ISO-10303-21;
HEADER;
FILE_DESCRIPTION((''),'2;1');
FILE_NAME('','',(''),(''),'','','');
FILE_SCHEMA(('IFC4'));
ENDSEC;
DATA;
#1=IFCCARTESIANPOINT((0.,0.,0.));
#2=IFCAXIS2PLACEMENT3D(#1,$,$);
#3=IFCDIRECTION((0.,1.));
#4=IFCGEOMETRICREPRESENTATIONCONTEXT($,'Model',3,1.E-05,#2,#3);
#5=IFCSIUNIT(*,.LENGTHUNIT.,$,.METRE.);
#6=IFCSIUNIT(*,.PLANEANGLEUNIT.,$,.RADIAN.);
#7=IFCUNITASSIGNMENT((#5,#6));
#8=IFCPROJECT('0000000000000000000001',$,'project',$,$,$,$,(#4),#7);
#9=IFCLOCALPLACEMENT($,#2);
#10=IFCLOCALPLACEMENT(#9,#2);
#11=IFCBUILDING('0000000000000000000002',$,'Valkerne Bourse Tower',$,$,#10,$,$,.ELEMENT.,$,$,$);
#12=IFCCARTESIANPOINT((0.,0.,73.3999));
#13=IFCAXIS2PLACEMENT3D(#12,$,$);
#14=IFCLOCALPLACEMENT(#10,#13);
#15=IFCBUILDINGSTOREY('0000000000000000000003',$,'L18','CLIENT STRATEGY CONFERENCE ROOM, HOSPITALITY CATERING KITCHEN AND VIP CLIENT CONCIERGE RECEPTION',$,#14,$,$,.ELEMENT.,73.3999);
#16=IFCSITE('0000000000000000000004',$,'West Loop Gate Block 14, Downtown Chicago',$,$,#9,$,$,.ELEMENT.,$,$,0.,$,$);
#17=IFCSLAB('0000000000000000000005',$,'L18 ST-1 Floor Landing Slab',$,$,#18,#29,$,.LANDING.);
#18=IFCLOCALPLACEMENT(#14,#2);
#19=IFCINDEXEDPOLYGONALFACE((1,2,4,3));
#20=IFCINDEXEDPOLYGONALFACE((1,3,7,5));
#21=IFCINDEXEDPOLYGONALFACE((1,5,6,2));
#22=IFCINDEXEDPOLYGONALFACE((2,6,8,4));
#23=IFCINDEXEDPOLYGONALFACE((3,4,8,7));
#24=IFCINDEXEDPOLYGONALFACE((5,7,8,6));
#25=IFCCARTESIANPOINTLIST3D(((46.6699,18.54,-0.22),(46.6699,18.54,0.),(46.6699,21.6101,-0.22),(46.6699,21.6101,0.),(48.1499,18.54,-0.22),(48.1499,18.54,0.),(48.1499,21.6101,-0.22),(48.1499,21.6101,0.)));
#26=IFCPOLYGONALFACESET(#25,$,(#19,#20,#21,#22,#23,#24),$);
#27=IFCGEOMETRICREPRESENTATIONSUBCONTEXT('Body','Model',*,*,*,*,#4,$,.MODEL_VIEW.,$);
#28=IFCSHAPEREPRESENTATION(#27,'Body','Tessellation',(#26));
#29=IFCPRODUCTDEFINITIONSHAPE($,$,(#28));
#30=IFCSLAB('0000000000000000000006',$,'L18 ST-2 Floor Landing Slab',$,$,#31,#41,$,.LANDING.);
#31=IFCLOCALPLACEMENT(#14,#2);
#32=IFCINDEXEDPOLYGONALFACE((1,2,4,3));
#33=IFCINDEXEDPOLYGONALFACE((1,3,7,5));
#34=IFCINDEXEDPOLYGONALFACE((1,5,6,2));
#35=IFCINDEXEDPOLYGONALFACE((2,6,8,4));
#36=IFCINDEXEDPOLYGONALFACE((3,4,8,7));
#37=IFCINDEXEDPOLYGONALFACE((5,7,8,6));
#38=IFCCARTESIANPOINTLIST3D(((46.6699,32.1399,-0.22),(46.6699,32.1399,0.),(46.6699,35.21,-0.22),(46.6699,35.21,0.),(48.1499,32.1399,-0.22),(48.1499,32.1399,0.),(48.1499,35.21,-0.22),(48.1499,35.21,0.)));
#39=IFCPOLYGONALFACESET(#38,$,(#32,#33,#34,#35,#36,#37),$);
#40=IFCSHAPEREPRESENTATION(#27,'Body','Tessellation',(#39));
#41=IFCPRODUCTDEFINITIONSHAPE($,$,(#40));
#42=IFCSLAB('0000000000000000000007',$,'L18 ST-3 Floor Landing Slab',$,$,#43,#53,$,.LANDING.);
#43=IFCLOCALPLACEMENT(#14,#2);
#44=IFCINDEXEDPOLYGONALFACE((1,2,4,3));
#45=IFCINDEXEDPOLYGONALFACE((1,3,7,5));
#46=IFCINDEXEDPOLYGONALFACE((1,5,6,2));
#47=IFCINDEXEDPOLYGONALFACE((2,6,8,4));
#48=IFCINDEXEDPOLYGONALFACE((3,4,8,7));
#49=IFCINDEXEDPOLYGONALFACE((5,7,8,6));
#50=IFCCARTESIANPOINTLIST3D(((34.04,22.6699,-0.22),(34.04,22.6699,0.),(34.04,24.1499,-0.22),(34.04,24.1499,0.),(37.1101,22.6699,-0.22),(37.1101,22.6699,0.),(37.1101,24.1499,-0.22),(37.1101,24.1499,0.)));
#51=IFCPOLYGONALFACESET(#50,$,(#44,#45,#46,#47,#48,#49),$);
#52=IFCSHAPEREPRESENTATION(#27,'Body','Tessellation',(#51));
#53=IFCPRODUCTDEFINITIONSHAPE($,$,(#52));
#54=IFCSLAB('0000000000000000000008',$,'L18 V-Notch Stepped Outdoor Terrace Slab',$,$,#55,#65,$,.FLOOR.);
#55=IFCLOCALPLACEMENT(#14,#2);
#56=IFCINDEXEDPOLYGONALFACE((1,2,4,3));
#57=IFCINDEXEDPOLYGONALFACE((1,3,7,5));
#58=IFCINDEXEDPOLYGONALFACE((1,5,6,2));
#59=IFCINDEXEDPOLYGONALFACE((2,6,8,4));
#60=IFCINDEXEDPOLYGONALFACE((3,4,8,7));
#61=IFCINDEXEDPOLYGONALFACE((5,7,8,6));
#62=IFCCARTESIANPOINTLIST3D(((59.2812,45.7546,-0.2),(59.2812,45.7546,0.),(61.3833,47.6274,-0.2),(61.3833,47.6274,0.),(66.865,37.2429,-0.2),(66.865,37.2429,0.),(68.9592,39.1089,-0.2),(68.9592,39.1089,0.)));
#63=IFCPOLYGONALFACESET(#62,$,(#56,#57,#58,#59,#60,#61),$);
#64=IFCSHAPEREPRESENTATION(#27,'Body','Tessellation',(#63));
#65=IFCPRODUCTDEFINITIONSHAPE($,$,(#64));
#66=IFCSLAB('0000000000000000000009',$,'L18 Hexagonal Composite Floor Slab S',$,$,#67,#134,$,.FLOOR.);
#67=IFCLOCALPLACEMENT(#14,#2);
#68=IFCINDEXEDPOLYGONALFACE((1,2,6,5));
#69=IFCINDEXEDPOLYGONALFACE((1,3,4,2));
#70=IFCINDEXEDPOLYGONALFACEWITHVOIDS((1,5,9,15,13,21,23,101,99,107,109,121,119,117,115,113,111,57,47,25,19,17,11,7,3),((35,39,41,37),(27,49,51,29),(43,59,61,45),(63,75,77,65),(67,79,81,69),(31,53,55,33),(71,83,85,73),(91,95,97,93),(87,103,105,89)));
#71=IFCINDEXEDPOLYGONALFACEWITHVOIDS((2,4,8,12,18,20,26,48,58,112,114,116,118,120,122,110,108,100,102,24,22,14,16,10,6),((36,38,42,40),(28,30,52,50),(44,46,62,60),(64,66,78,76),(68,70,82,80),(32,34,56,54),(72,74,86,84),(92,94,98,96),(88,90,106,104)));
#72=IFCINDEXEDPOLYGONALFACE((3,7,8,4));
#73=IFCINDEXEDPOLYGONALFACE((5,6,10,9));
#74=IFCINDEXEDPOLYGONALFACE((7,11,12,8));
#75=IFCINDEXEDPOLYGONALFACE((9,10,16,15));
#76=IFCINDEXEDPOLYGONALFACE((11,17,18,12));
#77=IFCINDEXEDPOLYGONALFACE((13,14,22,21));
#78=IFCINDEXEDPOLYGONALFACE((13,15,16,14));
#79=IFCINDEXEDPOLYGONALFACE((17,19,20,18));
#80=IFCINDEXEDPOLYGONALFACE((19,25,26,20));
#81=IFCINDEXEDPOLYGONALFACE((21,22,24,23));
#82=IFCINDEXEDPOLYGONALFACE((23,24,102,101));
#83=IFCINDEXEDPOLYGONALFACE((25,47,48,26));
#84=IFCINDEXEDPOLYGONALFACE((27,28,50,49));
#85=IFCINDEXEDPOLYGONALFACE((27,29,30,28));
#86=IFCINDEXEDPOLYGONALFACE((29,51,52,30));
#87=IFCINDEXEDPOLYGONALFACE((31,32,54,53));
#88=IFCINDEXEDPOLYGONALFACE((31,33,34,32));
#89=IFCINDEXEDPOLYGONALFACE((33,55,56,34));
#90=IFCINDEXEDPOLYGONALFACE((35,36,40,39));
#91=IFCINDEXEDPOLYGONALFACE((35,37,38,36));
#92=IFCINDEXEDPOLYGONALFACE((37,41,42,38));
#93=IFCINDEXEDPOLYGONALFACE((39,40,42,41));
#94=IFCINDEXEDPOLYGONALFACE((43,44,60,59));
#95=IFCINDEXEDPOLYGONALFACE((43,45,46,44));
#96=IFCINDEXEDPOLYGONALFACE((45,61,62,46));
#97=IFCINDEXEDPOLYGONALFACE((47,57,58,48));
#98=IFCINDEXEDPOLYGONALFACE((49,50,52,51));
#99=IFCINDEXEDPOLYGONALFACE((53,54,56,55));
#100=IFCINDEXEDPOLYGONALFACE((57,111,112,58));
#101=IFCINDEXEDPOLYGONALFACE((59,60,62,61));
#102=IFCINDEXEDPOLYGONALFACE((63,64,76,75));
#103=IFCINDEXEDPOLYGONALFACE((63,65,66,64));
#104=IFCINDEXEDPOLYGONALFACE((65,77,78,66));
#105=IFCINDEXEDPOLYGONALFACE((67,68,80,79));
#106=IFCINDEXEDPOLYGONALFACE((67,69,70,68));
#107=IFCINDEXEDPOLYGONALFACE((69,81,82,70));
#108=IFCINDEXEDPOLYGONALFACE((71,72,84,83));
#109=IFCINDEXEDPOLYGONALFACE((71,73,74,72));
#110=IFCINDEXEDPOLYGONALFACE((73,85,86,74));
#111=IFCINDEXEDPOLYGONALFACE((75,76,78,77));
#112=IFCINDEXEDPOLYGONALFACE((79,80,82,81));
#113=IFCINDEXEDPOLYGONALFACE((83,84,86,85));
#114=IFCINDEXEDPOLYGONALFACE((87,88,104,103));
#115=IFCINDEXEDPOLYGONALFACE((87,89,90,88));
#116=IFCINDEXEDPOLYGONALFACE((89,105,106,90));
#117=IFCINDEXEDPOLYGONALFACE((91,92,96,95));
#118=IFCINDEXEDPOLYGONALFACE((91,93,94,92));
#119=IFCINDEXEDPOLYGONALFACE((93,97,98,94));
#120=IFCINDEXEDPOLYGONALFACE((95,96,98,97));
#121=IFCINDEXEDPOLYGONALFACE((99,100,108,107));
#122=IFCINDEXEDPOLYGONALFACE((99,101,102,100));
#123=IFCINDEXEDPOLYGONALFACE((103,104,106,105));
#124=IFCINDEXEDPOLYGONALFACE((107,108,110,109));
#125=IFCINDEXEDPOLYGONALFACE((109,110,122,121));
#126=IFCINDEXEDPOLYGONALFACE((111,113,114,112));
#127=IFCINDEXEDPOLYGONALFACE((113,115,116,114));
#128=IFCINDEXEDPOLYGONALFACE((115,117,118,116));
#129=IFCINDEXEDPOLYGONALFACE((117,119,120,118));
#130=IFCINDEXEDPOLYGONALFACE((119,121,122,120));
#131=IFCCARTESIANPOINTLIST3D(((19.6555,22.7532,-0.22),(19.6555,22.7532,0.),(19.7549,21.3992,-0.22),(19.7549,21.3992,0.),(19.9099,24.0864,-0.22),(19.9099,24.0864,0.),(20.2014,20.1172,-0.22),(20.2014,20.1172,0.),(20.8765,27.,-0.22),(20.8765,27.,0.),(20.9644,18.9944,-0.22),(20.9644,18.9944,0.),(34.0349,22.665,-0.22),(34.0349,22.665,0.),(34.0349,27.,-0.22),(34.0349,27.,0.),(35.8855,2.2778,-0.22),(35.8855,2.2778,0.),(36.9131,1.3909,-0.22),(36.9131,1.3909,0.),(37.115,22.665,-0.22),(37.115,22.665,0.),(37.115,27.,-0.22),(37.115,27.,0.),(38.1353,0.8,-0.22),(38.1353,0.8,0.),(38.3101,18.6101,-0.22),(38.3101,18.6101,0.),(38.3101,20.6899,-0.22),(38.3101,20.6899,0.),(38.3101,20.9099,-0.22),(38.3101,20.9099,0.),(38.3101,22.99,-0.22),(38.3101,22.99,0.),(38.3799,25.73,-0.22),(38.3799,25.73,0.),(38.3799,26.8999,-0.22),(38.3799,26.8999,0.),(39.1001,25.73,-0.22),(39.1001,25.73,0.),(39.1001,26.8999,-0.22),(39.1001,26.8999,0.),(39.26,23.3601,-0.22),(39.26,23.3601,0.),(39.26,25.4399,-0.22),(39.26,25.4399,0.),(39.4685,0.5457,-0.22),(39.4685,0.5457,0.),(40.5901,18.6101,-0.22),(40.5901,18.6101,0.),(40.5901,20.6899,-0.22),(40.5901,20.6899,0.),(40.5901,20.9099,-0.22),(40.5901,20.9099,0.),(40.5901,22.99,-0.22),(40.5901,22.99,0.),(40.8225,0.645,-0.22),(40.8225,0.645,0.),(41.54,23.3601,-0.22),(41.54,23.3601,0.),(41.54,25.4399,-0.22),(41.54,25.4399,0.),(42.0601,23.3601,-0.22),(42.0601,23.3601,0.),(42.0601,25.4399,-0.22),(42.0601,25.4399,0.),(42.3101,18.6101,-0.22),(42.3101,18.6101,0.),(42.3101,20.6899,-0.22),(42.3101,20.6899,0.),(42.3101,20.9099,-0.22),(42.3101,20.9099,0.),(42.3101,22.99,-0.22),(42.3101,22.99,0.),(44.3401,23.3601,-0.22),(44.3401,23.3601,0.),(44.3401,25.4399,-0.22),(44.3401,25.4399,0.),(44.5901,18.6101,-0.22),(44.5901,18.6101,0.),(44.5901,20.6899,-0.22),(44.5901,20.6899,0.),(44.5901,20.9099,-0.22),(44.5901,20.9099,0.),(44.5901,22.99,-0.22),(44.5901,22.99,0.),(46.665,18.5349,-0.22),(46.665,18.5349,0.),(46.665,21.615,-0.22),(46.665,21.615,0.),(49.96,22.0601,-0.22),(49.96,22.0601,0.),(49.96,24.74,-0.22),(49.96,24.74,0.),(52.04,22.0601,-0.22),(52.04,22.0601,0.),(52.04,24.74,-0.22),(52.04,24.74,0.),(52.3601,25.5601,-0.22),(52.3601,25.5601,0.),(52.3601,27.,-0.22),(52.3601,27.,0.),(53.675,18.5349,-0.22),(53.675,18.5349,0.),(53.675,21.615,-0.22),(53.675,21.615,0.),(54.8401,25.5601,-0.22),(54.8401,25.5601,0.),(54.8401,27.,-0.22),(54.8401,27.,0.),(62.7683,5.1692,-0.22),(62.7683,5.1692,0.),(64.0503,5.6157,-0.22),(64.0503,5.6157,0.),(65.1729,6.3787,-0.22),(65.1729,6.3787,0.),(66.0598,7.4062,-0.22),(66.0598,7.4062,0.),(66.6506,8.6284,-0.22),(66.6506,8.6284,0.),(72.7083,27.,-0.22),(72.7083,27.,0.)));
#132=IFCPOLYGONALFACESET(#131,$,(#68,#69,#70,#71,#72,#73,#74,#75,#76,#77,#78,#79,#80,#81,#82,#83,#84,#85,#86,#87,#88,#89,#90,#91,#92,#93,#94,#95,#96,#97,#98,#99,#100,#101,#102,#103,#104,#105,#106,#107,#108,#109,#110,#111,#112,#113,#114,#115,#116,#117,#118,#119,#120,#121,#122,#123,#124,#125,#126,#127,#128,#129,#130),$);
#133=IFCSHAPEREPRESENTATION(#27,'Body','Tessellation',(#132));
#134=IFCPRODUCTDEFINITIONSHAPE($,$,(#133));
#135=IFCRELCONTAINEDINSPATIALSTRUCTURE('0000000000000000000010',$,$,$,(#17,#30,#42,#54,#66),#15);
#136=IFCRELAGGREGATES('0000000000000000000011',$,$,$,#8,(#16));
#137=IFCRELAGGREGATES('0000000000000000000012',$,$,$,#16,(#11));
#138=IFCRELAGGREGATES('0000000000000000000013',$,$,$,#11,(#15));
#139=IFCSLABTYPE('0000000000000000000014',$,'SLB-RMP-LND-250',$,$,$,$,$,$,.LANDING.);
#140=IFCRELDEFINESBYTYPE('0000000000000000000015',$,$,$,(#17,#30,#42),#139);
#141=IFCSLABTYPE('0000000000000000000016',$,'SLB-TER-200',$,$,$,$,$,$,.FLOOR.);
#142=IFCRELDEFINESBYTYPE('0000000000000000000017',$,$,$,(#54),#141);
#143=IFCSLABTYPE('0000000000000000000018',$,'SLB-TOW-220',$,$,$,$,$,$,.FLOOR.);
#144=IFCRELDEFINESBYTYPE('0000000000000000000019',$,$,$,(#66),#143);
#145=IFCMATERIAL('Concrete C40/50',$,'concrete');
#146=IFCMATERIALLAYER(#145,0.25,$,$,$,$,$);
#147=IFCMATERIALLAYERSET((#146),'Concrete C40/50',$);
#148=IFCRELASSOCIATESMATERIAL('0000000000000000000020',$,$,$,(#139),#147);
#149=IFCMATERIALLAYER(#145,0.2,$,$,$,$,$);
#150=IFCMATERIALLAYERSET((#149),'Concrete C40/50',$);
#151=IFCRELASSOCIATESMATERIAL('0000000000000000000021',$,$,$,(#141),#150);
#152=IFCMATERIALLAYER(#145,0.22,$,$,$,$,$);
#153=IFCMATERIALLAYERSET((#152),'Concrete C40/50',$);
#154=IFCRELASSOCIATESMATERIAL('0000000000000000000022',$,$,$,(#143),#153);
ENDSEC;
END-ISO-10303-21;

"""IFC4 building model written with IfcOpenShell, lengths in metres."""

from ifc_helpers import new_model, si_unit, direction, frame, origin, place, context, subcontext, project, spatial, polyline, outline, extrude, material, layer, layer_set, type_object, element, save


model = new_model("IFC4")

# Units and contexts
model_context = context("Model", 3, precision=1e-05, world=origin(), true_north=direction((0.0, 1.0)))
body_context = subcontext(model_context, "Body", "Model", "MODEL_VIEW")
ifc_project = project(units=[si_unit("LENGTHUNIT", "METRE"), si_unit("PLANEANGLEUNIT", "RADIAN")], contexts=[model_context])

# Site, building, storey
site_placement = place(None, origin())
site = spatial("IfcSite", under=ifc_project, at=site_placement, Name="West Loop Gate Block 14, Downtown Chicago", CompositionType="ELEMENT", RefElevation=0.0)
building_placement = place(site_placement, origin())
building = spatial("IfcBuilding", under=site, at=building_placement, Name="Valkerne Bourse Tower", CompositionType="ELEMENT")
storey_placement = place(building_placement, frame((0.0, 0.0, 73.3999)))
storey = spatial("IfcBuildingStorey", under=building, at=storey_placement, Name="L18", Description="CLIENT STRATEGY CONFERENCE ROOM, HOSPITALITY CATERING KITCHEN AND VIP CLIENT CONCIERGE RECEPTION", CompositionType="ELEMENT", Elevation=73.3999)

# Slabs
ifc_material_1 = material(Name="Concrete C40/50", Category="concrete")
ifc_layer_1 = layer(ifc_material_1, 0.25)
ifc_layer_set_1 = layer_set([ifc_layer_1], Name="Concrete C40/50")
slab_type_1 = type_object("IfcSlabType", Name="SLB-RMP-LND-250", PredefinedType="LANDING", material=ifc_layer_set_1)
slab_1_placement = place(storey_placement, frame((0.0, 0.0, -0.22)))
element("IfcSlab", 1, at=slab_1_placement, inside=storey, type_object=slab_type_1, Name="L18 ST-1 Floor Landing Slab", PredefinedType="LANDING", context=body_context, shape_type="SweptSolid", body=[
    extrude(outline(polyline([(46.6699, 18.54), (48.1499, 18.54), (48.1499, 21.6101), (46.6699, 21.6101), (46.6699, 18.54)])), origin(), (0.0, 0.0, 1.0), 0.22),
])
slab_2_placement = place(storey_placement, frame((0.0, 0.0, -0.22)))
element("IfcSlab", 2, at=slab_2_placement, inside=storey, type_object=slab_type_1, Name="L18 ST-2 Floor Landing Slab", PredefinedType="LANDING", context=body_context, shape_type="SweptSolid", body=[
    extrude(outline(polyline([(46.6699, 32.1399), (48.1499, 32.1399), (48.1499, 35.21), (46.6699, 35.21), (46.6699, 32.1399)])), origin(), (0.0, 0.0, 1.0), 0.22),
])
slab_3_placement = place(storey_placement, frame((0.0, 0.0, -0.22)))
element("IfcSlab", 3, at=slab_3_placement, inside=storey, type_object=slab_type_1, Name="L18 ST-3 Floor Landing Slab", PredefinedType="LANDING", context=body_context, shape_type="SweptSolid", body=[
    extrude(outline(polyline([(37.1101, 22.6699), (37.1101, 24.1499), (34.04, 24.1499), (34.04, 22.6699), (37.1101, 22.6699)])), origin(), (0.0, 0.0, 1.0), 0.22),
])
ifc_layer_2 = layer(ifc_material_1, 0.2)
ifc_layer_set_2 = layer_set([ifc_layer_2], Name="Concrete C40/50")
slab_type_2 = type_object("IfcSlabType", Name="SLB-TER-200", PredefinedType="FLOOR", material=ifc_layer_set_2)
slab_4_placement = place(storey_placement, frame((0.0, 0.0, -0.2)))
element("IfcSlab", 4, at=slab_4_placement, inside=storey, type_object=slab_type_2, Name="L18 V-Notch Stepped Outdoor Terrace Slab", PredefinedType="FLOOR", context=body_context, shape_type="SweptSolid", body=[
    extrude(outline(polyline([(68.9592, 39.1089), (66.865, 37.2429), (59.2812, 45.7546), (61.3833, 47.6274), (68.9592, 39.1089)])), origin(), (0.0, 0.0, 1.0), 0.2),
])
ifc_layer_3 = layer(ifc_material_1, 0.22)
ifc_layer_set_3 = layer_set([ifc_layer_3], Name="Concrete C40/50")
slab_type_3 = type_object("IfcSlabType", Name="SLB-TOW-220", PredefinedType="FLOOR", material=ifc_layer_set_3)
slab_5_placement = place(storey_placement, frame((0.0, 0.0, -0.22)))
element("IfcSlab", 5, at=slab_5_placement, inside=storey, type_object=slab_type_3, Name="L18 Hexagonal Composite Floor Slab S", PredefinedType="FLOOR", context=body_context, shape_type="SweptSolid", body=[
    extrude(outline(polyline([(66.6506, 8.6284), (66.0598, 7.4062), (65.1729, 6.3787), (64.0503, 5.6157), (62.7683, 5.1692), (40.8225, 0.645), (39.4685, 0.5457), (38.1353, 0.8), (36.9131, 1.3909), (35.8855, 2.2778), (20.9644, 18.9944), (20.2014, 20.1172), (19.7549, 21.3992), (19.6555, 22.7532), (19.9099, 24.0864), (20.8765, 27.0), (34.0349, 27.0), (34.0349, 22.665), (37.115, 22.665), (37.115, 27.0), (52.3601, 27.0), (52.3601, 25.5601), (54.8401, 25.5601), (54.8401, 27.0), (72.7083, 27.0), (66.6506, 8.6284)]), holes=[polyline([(40.5901, 20.6899), (38.3101, 20.6899), (38.3101, 18.6101), (40.5901, 18.6101), (40.5901, 20.6899)]), polyline([(40.5901, 22.99), (38.3101, 22.99), (38.3101, 20.9099), (40.5901, 20.9099), (40.5901, 22.99)]), polyline([(41.54, 25.4399), (39.26, 25.4399), (39.26, 23.3601), (41.54, 23.3601), (41.54, 25.4399)]), polyline([(39.1001, 25.73), (39.1001, 26.8999), (38.3799, 26.8999), (38.3799, 25.73), (39.1001, 25.73)]), polyline([(44.5901, 20.6899), (42.3101, 20.6899), (42.3101, 18.6101), (44.5901, 18.6101), (44.5901, 20.6899)]), polyline([(53.675, 21.615), (46.665, 21.615), (46.665, 18.5349), (53.675, 18.5349), (53.675, 21.615)]), polyline([(44.5901, 22.99), (42.3101, 22.99), (42.3101, 20.9099), (44.5901, 20.9099), (44.5901, 22.99)]), polyline([(52.04, 22.0601), (52.04, 24.74), (49.96, 24.74), (49.96, 22.0601), (52.04, 22.0601)]), polyline([(44.3401, 23.3601), (44.3401, 25.4399), (42.0601, 25.4399), (42.0601, 23.3601), (44.3401, 23.3601)])]), origin(), (0.0, 0.0, 1.0), 0.22),
])

save(model, "model.ifc")
